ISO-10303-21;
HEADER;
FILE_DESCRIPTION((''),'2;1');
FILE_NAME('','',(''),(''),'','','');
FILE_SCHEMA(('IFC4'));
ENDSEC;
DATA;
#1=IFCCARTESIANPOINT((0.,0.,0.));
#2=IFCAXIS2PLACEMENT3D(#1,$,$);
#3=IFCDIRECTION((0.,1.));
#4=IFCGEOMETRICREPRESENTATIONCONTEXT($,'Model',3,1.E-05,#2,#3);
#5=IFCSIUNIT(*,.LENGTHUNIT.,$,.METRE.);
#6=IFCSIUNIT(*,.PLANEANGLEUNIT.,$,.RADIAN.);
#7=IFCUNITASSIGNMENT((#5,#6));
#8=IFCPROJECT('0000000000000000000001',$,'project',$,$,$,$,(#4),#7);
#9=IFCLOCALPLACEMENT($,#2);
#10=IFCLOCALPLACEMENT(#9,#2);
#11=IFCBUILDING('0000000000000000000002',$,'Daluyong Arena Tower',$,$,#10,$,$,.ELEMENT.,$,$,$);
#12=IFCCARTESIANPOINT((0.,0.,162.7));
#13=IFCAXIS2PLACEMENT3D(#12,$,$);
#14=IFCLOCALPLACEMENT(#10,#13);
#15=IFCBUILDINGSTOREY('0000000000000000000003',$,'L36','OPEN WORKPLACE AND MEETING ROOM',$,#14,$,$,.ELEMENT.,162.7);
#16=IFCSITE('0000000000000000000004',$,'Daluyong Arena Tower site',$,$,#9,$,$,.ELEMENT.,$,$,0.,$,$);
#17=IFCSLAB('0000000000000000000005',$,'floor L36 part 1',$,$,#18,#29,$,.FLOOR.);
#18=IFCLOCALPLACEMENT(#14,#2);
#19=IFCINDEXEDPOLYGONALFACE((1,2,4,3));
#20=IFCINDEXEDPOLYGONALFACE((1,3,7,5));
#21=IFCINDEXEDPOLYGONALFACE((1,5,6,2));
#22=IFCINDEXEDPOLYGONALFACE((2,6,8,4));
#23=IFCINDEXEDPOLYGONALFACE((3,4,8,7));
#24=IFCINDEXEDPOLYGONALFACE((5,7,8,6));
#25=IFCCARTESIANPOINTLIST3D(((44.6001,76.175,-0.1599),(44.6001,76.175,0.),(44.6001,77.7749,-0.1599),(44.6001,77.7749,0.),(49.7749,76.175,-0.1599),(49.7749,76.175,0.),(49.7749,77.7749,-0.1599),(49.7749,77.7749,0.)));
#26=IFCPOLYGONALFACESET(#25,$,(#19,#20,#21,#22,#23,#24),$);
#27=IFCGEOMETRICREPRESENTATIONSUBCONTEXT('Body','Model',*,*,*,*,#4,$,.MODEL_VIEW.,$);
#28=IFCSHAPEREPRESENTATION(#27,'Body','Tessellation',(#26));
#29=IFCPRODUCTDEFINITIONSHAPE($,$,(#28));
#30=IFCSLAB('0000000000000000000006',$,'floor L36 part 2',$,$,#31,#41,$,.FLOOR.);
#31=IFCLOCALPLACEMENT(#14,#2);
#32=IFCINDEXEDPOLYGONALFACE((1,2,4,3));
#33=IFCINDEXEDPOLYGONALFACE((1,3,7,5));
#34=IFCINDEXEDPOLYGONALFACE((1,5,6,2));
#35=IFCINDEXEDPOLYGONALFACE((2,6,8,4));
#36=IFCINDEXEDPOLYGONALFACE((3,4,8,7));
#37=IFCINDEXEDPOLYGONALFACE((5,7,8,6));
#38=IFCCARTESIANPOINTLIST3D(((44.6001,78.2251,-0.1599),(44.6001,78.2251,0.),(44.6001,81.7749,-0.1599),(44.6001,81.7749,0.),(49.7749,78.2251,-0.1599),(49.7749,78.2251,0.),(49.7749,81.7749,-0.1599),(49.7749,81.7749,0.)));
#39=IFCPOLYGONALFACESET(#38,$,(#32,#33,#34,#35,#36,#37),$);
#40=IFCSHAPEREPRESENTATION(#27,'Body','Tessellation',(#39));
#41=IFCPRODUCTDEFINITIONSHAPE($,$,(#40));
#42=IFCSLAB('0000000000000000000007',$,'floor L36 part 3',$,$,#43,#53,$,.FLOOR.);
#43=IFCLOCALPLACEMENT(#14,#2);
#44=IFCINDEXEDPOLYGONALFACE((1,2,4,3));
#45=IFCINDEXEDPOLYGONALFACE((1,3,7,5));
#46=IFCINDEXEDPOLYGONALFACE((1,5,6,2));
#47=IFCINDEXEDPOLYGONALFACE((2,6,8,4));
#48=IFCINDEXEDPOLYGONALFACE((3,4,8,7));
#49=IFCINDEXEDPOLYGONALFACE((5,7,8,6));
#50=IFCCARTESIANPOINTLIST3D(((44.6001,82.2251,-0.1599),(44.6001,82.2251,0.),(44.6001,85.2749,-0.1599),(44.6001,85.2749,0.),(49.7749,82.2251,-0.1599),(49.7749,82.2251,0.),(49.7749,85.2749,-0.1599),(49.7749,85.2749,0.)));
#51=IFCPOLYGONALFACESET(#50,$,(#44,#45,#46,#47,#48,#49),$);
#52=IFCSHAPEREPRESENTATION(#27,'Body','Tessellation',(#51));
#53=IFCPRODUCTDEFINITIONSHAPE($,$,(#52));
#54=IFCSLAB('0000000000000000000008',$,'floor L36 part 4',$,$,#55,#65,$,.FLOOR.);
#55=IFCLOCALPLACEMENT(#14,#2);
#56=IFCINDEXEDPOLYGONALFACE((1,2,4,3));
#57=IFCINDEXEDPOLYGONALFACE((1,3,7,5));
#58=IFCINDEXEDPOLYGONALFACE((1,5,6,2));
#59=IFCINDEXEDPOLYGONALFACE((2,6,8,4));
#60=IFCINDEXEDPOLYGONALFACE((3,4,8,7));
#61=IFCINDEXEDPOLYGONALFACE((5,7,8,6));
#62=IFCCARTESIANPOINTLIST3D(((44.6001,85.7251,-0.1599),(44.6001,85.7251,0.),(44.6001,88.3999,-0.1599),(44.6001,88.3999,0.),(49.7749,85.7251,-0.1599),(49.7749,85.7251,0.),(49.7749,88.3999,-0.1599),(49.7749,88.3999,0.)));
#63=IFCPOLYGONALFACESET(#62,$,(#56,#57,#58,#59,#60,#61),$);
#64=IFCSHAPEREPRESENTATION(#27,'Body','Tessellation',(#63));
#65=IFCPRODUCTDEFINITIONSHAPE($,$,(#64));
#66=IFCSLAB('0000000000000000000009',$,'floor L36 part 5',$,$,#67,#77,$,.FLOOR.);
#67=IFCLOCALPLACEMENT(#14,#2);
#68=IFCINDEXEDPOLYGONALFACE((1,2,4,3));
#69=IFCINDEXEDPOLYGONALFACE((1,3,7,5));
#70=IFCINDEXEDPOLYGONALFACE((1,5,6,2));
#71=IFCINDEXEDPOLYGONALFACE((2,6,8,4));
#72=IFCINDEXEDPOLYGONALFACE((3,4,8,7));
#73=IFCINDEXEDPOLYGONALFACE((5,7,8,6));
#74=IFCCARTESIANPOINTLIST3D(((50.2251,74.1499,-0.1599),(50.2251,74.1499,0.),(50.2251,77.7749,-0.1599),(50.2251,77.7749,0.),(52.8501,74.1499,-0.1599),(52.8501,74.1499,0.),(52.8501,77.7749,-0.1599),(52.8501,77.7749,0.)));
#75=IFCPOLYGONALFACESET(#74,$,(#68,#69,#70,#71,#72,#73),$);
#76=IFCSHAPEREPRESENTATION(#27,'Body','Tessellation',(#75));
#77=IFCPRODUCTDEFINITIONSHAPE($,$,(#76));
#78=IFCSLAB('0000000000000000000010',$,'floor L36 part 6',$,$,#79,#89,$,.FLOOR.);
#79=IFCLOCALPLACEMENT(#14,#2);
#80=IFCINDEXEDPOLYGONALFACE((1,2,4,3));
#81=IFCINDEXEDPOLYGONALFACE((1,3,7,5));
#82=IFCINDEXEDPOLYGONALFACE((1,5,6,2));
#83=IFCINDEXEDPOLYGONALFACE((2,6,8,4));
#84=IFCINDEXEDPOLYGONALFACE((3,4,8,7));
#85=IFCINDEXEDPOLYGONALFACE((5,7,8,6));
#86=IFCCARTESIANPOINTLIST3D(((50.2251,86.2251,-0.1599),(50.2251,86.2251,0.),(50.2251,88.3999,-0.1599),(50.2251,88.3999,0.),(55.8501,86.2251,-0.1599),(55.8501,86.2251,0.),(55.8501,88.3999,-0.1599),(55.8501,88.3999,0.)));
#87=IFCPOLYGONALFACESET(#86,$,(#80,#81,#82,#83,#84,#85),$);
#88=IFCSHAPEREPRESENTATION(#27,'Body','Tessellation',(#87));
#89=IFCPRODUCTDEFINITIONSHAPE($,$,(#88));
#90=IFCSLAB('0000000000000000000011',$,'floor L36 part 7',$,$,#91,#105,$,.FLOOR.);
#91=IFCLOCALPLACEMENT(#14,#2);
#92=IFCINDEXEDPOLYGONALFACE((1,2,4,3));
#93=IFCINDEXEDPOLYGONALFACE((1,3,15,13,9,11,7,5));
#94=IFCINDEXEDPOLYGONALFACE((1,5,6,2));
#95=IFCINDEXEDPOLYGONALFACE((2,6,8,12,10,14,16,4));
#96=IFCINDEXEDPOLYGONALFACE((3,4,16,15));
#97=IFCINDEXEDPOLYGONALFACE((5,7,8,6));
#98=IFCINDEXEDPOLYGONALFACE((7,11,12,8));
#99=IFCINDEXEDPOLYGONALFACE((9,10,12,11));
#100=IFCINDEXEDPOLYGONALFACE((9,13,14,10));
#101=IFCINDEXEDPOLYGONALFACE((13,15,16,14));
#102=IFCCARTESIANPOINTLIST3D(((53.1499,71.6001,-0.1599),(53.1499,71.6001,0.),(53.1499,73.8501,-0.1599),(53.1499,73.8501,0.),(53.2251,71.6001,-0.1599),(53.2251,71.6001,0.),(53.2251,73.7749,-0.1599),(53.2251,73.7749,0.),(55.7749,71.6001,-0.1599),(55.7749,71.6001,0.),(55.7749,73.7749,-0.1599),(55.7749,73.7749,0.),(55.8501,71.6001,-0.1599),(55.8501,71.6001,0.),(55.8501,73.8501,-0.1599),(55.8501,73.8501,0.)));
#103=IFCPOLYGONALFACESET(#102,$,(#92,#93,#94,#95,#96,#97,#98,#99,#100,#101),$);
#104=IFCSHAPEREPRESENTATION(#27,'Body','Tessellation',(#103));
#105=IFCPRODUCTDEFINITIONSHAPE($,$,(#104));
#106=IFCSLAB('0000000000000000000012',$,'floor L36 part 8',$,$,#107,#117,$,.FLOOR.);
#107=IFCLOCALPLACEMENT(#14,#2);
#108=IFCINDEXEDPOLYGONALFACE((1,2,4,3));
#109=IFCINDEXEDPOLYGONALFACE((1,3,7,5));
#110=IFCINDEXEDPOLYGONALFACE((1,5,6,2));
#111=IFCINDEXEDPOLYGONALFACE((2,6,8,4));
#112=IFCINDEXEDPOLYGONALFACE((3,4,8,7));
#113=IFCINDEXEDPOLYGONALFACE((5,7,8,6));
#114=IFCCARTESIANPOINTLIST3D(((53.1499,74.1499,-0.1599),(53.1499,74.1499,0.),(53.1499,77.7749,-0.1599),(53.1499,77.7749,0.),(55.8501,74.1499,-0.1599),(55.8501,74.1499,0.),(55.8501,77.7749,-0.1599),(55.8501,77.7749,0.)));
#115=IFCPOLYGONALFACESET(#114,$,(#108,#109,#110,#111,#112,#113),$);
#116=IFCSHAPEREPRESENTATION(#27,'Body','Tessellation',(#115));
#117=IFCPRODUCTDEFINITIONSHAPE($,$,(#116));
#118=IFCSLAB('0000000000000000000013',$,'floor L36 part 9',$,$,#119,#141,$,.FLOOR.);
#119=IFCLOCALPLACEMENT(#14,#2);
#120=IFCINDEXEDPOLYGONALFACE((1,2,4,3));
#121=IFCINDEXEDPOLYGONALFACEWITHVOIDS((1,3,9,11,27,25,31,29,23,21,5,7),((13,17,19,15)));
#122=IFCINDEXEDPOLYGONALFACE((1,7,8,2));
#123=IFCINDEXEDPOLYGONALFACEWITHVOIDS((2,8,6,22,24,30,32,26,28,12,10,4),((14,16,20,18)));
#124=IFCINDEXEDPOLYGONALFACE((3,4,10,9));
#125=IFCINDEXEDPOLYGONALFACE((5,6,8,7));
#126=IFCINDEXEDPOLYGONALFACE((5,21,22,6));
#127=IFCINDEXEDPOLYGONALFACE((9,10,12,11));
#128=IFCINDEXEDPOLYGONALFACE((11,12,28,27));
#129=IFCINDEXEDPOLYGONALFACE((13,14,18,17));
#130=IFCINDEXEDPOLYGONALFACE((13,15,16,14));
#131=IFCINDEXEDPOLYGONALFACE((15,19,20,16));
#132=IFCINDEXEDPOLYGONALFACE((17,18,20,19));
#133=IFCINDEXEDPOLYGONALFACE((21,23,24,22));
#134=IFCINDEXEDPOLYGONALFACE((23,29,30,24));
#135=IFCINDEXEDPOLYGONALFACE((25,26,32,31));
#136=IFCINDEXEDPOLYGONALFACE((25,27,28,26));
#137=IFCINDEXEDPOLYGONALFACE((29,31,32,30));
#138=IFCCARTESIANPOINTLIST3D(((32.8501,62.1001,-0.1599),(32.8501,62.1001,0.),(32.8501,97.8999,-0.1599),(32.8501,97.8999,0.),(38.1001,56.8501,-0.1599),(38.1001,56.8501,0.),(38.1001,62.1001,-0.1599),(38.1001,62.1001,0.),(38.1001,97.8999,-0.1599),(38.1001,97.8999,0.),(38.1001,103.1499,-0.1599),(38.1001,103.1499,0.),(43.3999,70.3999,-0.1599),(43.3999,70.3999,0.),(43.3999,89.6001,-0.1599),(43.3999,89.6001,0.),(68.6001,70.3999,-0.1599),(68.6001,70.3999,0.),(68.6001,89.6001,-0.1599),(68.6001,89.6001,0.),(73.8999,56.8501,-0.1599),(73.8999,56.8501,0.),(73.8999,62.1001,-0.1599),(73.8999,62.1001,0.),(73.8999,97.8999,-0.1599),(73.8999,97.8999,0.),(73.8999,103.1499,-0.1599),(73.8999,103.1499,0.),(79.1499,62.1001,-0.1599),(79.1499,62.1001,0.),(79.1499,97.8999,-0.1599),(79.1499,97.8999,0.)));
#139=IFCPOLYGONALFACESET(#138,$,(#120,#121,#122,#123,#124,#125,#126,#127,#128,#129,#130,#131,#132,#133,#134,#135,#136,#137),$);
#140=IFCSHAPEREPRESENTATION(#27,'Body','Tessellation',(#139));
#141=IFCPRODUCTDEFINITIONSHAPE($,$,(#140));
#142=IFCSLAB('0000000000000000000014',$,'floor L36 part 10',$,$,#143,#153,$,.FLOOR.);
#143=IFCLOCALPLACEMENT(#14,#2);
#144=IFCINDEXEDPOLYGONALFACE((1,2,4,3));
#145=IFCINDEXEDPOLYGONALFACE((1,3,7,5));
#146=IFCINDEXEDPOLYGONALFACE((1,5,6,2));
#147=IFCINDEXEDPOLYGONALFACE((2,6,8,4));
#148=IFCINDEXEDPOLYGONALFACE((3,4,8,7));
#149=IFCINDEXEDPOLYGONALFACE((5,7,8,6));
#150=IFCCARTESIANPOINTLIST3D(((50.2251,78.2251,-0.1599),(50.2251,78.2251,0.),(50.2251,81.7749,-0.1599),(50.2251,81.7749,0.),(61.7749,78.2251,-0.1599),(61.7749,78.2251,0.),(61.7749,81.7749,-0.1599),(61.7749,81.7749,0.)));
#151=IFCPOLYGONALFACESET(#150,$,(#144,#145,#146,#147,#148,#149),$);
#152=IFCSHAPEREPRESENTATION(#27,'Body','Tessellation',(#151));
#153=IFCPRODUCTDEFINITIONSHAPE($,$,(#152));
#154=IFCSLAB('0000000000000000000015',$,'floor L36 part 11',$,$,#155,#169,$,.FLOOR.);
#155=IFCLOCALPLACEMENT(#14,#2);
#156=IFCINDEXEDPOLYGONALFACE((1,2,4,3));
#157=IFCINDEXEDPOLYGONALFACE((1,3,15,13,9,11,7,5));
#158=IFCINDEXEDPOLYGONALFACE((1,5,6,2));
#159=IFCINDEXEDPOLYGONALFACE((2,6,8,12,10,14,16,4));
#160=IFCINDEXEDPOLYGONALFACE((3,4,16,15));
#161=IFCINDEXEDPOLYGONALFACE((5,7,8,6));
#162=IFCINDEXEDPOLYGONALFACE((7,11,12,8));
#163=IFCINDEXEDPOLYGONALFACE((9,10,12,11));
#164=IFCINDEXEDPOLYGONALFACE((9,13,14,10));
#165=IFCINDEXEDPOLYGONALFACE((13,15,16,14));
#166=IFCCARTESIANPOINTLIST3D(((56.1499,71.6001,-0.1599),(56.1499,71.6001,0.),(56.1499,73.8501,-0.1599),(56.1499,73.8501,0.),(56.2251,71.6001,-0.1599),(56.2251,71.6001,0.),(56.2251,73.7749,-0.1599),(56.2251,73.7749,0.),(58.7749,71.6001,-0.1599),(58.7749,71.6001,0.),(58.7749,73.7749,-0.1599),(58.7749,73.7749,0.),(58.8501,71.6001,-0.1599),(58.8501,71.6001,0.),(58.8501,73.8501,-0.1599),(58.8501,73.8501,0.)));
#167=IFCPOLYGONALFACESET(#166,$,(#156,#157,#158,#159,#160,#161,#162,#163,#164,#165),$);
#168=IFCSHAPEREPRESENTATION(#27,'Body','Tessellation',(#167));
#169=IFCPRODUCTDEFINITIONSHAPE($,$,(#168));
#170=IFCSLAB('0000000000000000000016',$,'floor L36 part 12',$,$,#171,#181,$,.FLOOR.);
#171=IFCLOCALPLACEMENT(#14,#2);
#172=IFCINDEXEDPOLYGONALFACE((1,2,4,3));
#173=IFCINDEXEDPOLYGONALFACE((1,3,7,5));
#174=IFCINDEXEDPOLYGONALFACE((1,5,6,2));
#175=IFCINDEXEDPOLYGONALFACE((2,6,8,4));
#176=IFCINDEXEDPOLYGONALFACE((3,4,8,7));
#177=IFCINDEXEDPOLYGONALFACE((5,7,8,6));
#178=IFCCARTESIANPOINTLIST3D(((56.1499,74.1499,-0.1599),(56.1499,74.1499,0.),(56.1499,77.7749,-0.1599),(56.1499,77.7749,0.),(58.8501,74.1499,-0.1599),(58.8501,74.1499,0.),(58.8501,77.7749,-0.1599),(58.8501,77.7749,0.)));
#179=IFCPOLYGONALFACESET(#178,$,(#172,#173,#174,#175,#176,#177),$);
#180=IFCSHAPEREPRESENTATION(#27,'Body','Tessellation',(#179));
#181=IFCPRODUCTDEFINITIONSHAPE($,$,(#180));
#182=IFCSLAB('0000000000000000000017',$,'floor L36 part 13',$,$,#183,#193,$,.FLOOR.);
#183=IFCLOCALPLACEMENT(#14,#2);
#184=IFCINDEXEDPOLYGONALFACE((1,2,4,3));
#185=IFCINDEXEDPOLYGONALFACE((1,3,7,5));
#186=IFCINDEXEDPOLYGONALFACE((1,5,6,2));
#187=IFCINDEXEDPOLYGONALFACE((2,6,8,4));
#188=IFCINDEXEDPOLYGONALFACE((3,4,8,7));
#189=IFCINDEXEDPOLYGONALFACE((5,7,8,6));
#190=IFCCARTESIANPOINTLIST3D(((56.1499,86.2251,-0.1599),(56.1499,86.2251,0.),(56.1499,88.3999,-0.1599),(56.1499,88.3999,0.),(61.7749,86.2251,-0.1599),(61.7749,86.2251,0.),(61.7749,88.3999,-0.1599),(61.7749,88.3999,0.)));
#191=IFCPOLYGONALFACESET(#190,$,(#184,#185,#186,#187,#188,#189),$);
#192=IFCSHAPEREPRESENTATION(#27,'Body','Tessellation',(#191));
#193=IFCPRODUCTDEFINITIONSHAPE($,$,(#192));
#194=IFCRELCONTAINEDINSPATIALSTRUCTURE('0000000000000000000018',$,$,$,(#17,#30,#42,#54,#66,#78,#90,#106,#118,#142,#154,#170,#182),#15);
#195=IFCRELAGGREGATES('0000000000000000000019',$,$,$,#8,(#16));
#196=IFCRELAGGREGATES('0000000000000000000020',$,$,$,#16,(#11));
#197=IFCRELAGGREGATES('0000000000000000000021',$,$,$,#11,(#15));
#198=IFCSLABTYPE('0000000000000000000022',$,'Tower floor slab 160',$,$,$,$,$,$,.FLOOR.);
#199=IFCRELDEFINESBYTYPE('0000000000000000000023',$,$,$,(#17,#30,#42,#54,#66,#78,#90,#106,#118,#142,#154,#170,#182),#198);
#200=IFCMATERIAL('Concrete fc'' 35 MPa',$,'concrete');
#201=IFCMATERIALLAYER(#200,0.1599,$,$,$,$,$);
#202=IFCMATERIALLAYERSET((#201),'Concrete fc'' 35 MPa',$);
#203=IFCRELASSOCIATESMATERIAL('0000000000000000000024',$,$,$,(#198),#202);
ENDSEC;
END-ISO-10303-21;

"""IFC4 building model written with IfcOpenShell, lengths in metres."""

from ifc_helpers import new_model, si_unit, direction, frame, origin, place, context, subcontext, project, spatial, polyline, outline, extrude, material, layer, layer_set, type_object, element, save


model = new_model("IFC4")

# Units and contexts
model_context = context("Model", 3, precision=1e-05, world=origin(), true_north=direction((0.0, 1.0)))
body_context = subcontext(model_context, "Body", "Model", "MODEL_VIEW")
ifc_project = project(units=[si_unit("LENGTHUNIT", "METRE"), si_unit("PLANEANGLEUNIT", "RADIAN")], contexts=[model_context])

# Site, building, storey
site_placement = place(None, origin())
site = spatial("IfcSite", under=ifc_project, at=site_placement, Name="Daluyong Arena Tower site", CompositionType="ELEMENT", RefElevation=0.0)
building_placement = place(site_placement, origin())
building = spatial("IfcBuilding", under=site, at=building_placement, Name="Daluyong Arena Tower", CompositionType="ELEMENT")
storey_placement = place(building_placement, frame((0.0, 0.0, 162.7)))
storey = spatial("IfcBuildingStorey", under=building, at=storey_placement, Name="L36", Description="OPEN WORKPLACE AND MEETING ROOM", CompositionType="ELEMENT", Elevation=162.7)

# Slabs
ifc_material_1 = material(Name="Concrete fc' 35 MPa", Category="concrete")
ifc_layer_1 = layer(ifc_material_1, 0.1599)
ifc_layer_set_1 = layer_set([ifc_layer_1], Name="Concrete fc' 35 MPa")
slab_type = type_object("IfcSlabType", Name="Tower floor slab 160", PredefinedType="FLOOR", material=ifc_layer_set_1)
slab_1_placement = place(storey_placement, frame((0.0, 0.0, -0.1599)))
element("IfcSlab", 1, at=slab_1_placement, inside=storey, type_object=slab_type, Name="floor L36 part 1", PredefinedType="FLOOR", context=body_context, shape_type="SweptSolid", body=[
    extrude(outline(polyline([(49.7749, 76.175), (49.7749, 77.7749), (44.6001, 77.7749), (44.6001, 76.175), (49.7749, 76.175)])), origin(), (0.0, 0.0, 1.0), 0.1599),
])
slab_2_placement = place(storey_placement, frame((0.0, 0.0, -0.1599)))
element("IfcSlab", 2, at=slab_2_placement, inside=storey, type_object=slab_type, Name="floor L36 part 2", PredefinedType="FLOOR", context=body_context, shape_type="SweptSolid", body=[
    extrude(outline(polyline([(44.6001, 78.2251), (49.7749, 78.2251), (49.7749, 81.7749), (44.6001, 81.7749), (44.6001, 78.2251)])), origin(), (0.0, 0.0, 1.0), 0.1599),
])
slab_3_placement = place(storey_placement, frame((0.0, 0.0, -0.1599)))
element("IfcSlab", 3, at=slab_3_placement, inside=storey, type_object=slab_type, Name="floor L36 part 3", PredefinedType="FLOOR", context=body_context, shape_type="SweptSolid", body=[
    extrude(outline(polyline([(44.6001, 82.2251), (49.7749, 82.2251), (49.7749, 85.2749), (44.6001, 85.2749), (44.6001, 82.2251)])), origin(), (0.0, 0.0, 1.0), 0.1599),
])
slab_4_placement = place(storey_placement, frame((0.0, 0.0, -0.1599)))
element("IfcSlab", 4, at=slab_4_placement, inside=storey, type_object=slab_type, Name="floor L36 part 4", PredefinedType="FLOOR", context=body_context, shape_type="SweptSolid", body=[
    extrude(outline(polyline([(49.7749, 88.3999), (44.6001, 88.3999), (44.6001, 85.7251), (49.7749, 85.7251), (49.7749, 88.3999)])), origin(), (0.0, 0.0, 1.0), 0.1599),
])
slab_5_placement = place(storey_placement, frame((0.0, 0.0, -0.1599)))
element("IfcSlab", 5, at=slab_5_placement, inside=storey, type_object=slab_type, Name="floor L36 part 5", PredefinedType="FLOOR", context=body_context, shape_type="SweptSolid", body=[
    extrude(outline(polyline([(52.8501, 77.7749), (50.2251, 77.7749), (50.2251, 74.1499), (52.8501, 74.1499), (52.8501, 77.7749)])), origin(), (0.0, 0.0, 1.0), 0.1599),
])
slab_6_placement = place(storey_placement, frame((0.0, 0.0, -0.1599)))
element("IfcSlab", 6, at=slab_6_placement, inside=storey, type_object=slab_type, Name="floor L36 part 6", PredefinedType="FLOOR", context=body_context, shape_type="SweptSolid", body=[
    extrude(outline(polyline([(55.8501, 88.3999), (50.2251, 88.3999), (50.2251, 86.2251), (55.8501, 86.2251), (55.8501, 88.3999)])), origin(), (0.0, 0.0, 1.0), 0.1599),
])
slab_7_placement = place(storey_placement, frame((0.0, 0.0, -0.1599)))
element("IfcSlab", 7, at=slab_7_placement, inside=storey, type_object=slab_type, Name="floor L36 part 7", PredefinedType="FLOOR", context=body_context, shape_type="SweptSolid", body=[
    extrude(outline(polyline([(55.7749, 73.7749), (55.7749, 71.6001), (55.8501, 71.6001), (55.8501, 73.8501), (53.1499, 73.8501), (53.1499, 71.6001), (53.2251, 71.6001), (53.2251, 73.7749), (55.7749, 73.7749)])), origin(), (0.0, 0.0, 1.0), 0.1599),
])
slab_8_placement = place(storey_placement, frame((0.0, 0.0, -0.1599)))
element("IfcSlab", 8, at=slab_8_placement, inside=storey, type_object=slab_type, Name="floor L36 part 8", PredefinedType="FLOOR", context=body_context, shape_type="SweptSolid", body=[
    extrude(outline(polyline([(55.8501, 77.7749), (53.1499, 77.7749), (53.1499, 74.1499), (55.8501, 74.1499), (55.8501, 77.7749)])), origin(), (0.0, 0.0, 1.0), 0.1599),
])
slab_9_placement = place(storey_placement, frame((0.0, 0.0, -0.1599)))
element("IfcSlab", 9, at=slab_9_placement, inside=storey, type_object=slab_type, Name="floor L36 part 9", PredefinedType="FLOOR", context=body_context, shape_type="SweptSolid", body=[
    extrude(outline(polyline([(38.1001, 62.1001), (38.1001, 56.8501), (73.8999, 56.8501), (73.8999, 62.1001), (79.1499, 62.1001), (79.1499, 97.8999), (73.8999, 97.8999), (73.8999, 103.1499), (38.1001, 103.1499), (38.1001, 97.8999), (32.8501, 97.8999), (32.8501, 62.1001), (38.1001, 62.1001)]), holes=[polyline([(68.6001, 89.6001), (68.6001, 70.3999), (43.3999, 70.3999), (43.3999, 89.6001), (68.6001, 89.6001)])]), origin(), (0.0, 0.0, 1.0), 0.1599),
])
slab_10_placement = place(storey_placement, frame((0.0, 0.0, -0.1599)))
element("IfcSlab", 10, at=slab_10_placement, inside=storey, type_object=slab_type, Name="floor L36 part 10", PredefinedType="FLOOR", context=body_context, shape_type="SweptSolid", body=[
    extrude(outline(polyline([(61.7749, 78.2251), (61.7749, 81.7749), (50.2251, 81.7749), (50.2251, 78.2251), (61.7749, 78.2251)])), origin(), (0.0, 0.0, 1.0), 0.1599),
])
slab_11_placement = place(storey_placement, frame((0.0, 0.0, -0.1599)))
element("IfcSlab", 11, at=slab_11_placement, inside=storey, type_object=slab_type, Name="floor L36 part 11", PredefinedType="FLOOR", context=body_context, shape_type="SweptSolid", body=[
    extrude(outline(polyline([(58.8501, 71.6001), (58.8501, 73.8501), (56.1499, 73.8501), (56.1499, 71.6001), (56.2251, 71.6001), (56.2251, 73.7749), (58.7749, 73.7749), (58.7749, 71.6001), (58.8501, 71.6001)])), origin(), (0.0, 0.0, 1.0), 0.1599),
])
slab_12_placement = place(storey_placement, frame((0.0, 0.0, -0.1599)))
element("IfcSlab", 12, at=slab_12_placement, inside=storey, type_object=slab_type, Name="floor L36 part 12", PredefinedType="FLOOR", context=body_context, shape_type="SweptSolid", body=[
    extrude(outline(polyline([(58.8501, 77.7749), (56.1499, 77.7749), (56.1499, 74.1499), (58.8501, 74.1499), (58.8501, 77.7749)])), origin(), (0.0, 0.0, 1.0), 0.1599),
])
slab_13_placement = place(storey_placement, frame((0.0, 0.0, -0.1599)))
element("IfcSlab", 13, at=slab_13_placement, inside=storey, type_object=slab_type, Name="floor L36 part 13", PredefinedType="FLOOR", context=body_context, shape_type="SweptSolid", body=[
    extrude(outline(polyline([(56.1499, 88.3999), (56.1499, 86.2251), (61.7749, 86.2251), (61.7749, 88.3999), (56.1499, 88.3999)])), origin(), (0.0, 0.0, 1.0), 0.1599),
])

save(model, "model.ifc")
